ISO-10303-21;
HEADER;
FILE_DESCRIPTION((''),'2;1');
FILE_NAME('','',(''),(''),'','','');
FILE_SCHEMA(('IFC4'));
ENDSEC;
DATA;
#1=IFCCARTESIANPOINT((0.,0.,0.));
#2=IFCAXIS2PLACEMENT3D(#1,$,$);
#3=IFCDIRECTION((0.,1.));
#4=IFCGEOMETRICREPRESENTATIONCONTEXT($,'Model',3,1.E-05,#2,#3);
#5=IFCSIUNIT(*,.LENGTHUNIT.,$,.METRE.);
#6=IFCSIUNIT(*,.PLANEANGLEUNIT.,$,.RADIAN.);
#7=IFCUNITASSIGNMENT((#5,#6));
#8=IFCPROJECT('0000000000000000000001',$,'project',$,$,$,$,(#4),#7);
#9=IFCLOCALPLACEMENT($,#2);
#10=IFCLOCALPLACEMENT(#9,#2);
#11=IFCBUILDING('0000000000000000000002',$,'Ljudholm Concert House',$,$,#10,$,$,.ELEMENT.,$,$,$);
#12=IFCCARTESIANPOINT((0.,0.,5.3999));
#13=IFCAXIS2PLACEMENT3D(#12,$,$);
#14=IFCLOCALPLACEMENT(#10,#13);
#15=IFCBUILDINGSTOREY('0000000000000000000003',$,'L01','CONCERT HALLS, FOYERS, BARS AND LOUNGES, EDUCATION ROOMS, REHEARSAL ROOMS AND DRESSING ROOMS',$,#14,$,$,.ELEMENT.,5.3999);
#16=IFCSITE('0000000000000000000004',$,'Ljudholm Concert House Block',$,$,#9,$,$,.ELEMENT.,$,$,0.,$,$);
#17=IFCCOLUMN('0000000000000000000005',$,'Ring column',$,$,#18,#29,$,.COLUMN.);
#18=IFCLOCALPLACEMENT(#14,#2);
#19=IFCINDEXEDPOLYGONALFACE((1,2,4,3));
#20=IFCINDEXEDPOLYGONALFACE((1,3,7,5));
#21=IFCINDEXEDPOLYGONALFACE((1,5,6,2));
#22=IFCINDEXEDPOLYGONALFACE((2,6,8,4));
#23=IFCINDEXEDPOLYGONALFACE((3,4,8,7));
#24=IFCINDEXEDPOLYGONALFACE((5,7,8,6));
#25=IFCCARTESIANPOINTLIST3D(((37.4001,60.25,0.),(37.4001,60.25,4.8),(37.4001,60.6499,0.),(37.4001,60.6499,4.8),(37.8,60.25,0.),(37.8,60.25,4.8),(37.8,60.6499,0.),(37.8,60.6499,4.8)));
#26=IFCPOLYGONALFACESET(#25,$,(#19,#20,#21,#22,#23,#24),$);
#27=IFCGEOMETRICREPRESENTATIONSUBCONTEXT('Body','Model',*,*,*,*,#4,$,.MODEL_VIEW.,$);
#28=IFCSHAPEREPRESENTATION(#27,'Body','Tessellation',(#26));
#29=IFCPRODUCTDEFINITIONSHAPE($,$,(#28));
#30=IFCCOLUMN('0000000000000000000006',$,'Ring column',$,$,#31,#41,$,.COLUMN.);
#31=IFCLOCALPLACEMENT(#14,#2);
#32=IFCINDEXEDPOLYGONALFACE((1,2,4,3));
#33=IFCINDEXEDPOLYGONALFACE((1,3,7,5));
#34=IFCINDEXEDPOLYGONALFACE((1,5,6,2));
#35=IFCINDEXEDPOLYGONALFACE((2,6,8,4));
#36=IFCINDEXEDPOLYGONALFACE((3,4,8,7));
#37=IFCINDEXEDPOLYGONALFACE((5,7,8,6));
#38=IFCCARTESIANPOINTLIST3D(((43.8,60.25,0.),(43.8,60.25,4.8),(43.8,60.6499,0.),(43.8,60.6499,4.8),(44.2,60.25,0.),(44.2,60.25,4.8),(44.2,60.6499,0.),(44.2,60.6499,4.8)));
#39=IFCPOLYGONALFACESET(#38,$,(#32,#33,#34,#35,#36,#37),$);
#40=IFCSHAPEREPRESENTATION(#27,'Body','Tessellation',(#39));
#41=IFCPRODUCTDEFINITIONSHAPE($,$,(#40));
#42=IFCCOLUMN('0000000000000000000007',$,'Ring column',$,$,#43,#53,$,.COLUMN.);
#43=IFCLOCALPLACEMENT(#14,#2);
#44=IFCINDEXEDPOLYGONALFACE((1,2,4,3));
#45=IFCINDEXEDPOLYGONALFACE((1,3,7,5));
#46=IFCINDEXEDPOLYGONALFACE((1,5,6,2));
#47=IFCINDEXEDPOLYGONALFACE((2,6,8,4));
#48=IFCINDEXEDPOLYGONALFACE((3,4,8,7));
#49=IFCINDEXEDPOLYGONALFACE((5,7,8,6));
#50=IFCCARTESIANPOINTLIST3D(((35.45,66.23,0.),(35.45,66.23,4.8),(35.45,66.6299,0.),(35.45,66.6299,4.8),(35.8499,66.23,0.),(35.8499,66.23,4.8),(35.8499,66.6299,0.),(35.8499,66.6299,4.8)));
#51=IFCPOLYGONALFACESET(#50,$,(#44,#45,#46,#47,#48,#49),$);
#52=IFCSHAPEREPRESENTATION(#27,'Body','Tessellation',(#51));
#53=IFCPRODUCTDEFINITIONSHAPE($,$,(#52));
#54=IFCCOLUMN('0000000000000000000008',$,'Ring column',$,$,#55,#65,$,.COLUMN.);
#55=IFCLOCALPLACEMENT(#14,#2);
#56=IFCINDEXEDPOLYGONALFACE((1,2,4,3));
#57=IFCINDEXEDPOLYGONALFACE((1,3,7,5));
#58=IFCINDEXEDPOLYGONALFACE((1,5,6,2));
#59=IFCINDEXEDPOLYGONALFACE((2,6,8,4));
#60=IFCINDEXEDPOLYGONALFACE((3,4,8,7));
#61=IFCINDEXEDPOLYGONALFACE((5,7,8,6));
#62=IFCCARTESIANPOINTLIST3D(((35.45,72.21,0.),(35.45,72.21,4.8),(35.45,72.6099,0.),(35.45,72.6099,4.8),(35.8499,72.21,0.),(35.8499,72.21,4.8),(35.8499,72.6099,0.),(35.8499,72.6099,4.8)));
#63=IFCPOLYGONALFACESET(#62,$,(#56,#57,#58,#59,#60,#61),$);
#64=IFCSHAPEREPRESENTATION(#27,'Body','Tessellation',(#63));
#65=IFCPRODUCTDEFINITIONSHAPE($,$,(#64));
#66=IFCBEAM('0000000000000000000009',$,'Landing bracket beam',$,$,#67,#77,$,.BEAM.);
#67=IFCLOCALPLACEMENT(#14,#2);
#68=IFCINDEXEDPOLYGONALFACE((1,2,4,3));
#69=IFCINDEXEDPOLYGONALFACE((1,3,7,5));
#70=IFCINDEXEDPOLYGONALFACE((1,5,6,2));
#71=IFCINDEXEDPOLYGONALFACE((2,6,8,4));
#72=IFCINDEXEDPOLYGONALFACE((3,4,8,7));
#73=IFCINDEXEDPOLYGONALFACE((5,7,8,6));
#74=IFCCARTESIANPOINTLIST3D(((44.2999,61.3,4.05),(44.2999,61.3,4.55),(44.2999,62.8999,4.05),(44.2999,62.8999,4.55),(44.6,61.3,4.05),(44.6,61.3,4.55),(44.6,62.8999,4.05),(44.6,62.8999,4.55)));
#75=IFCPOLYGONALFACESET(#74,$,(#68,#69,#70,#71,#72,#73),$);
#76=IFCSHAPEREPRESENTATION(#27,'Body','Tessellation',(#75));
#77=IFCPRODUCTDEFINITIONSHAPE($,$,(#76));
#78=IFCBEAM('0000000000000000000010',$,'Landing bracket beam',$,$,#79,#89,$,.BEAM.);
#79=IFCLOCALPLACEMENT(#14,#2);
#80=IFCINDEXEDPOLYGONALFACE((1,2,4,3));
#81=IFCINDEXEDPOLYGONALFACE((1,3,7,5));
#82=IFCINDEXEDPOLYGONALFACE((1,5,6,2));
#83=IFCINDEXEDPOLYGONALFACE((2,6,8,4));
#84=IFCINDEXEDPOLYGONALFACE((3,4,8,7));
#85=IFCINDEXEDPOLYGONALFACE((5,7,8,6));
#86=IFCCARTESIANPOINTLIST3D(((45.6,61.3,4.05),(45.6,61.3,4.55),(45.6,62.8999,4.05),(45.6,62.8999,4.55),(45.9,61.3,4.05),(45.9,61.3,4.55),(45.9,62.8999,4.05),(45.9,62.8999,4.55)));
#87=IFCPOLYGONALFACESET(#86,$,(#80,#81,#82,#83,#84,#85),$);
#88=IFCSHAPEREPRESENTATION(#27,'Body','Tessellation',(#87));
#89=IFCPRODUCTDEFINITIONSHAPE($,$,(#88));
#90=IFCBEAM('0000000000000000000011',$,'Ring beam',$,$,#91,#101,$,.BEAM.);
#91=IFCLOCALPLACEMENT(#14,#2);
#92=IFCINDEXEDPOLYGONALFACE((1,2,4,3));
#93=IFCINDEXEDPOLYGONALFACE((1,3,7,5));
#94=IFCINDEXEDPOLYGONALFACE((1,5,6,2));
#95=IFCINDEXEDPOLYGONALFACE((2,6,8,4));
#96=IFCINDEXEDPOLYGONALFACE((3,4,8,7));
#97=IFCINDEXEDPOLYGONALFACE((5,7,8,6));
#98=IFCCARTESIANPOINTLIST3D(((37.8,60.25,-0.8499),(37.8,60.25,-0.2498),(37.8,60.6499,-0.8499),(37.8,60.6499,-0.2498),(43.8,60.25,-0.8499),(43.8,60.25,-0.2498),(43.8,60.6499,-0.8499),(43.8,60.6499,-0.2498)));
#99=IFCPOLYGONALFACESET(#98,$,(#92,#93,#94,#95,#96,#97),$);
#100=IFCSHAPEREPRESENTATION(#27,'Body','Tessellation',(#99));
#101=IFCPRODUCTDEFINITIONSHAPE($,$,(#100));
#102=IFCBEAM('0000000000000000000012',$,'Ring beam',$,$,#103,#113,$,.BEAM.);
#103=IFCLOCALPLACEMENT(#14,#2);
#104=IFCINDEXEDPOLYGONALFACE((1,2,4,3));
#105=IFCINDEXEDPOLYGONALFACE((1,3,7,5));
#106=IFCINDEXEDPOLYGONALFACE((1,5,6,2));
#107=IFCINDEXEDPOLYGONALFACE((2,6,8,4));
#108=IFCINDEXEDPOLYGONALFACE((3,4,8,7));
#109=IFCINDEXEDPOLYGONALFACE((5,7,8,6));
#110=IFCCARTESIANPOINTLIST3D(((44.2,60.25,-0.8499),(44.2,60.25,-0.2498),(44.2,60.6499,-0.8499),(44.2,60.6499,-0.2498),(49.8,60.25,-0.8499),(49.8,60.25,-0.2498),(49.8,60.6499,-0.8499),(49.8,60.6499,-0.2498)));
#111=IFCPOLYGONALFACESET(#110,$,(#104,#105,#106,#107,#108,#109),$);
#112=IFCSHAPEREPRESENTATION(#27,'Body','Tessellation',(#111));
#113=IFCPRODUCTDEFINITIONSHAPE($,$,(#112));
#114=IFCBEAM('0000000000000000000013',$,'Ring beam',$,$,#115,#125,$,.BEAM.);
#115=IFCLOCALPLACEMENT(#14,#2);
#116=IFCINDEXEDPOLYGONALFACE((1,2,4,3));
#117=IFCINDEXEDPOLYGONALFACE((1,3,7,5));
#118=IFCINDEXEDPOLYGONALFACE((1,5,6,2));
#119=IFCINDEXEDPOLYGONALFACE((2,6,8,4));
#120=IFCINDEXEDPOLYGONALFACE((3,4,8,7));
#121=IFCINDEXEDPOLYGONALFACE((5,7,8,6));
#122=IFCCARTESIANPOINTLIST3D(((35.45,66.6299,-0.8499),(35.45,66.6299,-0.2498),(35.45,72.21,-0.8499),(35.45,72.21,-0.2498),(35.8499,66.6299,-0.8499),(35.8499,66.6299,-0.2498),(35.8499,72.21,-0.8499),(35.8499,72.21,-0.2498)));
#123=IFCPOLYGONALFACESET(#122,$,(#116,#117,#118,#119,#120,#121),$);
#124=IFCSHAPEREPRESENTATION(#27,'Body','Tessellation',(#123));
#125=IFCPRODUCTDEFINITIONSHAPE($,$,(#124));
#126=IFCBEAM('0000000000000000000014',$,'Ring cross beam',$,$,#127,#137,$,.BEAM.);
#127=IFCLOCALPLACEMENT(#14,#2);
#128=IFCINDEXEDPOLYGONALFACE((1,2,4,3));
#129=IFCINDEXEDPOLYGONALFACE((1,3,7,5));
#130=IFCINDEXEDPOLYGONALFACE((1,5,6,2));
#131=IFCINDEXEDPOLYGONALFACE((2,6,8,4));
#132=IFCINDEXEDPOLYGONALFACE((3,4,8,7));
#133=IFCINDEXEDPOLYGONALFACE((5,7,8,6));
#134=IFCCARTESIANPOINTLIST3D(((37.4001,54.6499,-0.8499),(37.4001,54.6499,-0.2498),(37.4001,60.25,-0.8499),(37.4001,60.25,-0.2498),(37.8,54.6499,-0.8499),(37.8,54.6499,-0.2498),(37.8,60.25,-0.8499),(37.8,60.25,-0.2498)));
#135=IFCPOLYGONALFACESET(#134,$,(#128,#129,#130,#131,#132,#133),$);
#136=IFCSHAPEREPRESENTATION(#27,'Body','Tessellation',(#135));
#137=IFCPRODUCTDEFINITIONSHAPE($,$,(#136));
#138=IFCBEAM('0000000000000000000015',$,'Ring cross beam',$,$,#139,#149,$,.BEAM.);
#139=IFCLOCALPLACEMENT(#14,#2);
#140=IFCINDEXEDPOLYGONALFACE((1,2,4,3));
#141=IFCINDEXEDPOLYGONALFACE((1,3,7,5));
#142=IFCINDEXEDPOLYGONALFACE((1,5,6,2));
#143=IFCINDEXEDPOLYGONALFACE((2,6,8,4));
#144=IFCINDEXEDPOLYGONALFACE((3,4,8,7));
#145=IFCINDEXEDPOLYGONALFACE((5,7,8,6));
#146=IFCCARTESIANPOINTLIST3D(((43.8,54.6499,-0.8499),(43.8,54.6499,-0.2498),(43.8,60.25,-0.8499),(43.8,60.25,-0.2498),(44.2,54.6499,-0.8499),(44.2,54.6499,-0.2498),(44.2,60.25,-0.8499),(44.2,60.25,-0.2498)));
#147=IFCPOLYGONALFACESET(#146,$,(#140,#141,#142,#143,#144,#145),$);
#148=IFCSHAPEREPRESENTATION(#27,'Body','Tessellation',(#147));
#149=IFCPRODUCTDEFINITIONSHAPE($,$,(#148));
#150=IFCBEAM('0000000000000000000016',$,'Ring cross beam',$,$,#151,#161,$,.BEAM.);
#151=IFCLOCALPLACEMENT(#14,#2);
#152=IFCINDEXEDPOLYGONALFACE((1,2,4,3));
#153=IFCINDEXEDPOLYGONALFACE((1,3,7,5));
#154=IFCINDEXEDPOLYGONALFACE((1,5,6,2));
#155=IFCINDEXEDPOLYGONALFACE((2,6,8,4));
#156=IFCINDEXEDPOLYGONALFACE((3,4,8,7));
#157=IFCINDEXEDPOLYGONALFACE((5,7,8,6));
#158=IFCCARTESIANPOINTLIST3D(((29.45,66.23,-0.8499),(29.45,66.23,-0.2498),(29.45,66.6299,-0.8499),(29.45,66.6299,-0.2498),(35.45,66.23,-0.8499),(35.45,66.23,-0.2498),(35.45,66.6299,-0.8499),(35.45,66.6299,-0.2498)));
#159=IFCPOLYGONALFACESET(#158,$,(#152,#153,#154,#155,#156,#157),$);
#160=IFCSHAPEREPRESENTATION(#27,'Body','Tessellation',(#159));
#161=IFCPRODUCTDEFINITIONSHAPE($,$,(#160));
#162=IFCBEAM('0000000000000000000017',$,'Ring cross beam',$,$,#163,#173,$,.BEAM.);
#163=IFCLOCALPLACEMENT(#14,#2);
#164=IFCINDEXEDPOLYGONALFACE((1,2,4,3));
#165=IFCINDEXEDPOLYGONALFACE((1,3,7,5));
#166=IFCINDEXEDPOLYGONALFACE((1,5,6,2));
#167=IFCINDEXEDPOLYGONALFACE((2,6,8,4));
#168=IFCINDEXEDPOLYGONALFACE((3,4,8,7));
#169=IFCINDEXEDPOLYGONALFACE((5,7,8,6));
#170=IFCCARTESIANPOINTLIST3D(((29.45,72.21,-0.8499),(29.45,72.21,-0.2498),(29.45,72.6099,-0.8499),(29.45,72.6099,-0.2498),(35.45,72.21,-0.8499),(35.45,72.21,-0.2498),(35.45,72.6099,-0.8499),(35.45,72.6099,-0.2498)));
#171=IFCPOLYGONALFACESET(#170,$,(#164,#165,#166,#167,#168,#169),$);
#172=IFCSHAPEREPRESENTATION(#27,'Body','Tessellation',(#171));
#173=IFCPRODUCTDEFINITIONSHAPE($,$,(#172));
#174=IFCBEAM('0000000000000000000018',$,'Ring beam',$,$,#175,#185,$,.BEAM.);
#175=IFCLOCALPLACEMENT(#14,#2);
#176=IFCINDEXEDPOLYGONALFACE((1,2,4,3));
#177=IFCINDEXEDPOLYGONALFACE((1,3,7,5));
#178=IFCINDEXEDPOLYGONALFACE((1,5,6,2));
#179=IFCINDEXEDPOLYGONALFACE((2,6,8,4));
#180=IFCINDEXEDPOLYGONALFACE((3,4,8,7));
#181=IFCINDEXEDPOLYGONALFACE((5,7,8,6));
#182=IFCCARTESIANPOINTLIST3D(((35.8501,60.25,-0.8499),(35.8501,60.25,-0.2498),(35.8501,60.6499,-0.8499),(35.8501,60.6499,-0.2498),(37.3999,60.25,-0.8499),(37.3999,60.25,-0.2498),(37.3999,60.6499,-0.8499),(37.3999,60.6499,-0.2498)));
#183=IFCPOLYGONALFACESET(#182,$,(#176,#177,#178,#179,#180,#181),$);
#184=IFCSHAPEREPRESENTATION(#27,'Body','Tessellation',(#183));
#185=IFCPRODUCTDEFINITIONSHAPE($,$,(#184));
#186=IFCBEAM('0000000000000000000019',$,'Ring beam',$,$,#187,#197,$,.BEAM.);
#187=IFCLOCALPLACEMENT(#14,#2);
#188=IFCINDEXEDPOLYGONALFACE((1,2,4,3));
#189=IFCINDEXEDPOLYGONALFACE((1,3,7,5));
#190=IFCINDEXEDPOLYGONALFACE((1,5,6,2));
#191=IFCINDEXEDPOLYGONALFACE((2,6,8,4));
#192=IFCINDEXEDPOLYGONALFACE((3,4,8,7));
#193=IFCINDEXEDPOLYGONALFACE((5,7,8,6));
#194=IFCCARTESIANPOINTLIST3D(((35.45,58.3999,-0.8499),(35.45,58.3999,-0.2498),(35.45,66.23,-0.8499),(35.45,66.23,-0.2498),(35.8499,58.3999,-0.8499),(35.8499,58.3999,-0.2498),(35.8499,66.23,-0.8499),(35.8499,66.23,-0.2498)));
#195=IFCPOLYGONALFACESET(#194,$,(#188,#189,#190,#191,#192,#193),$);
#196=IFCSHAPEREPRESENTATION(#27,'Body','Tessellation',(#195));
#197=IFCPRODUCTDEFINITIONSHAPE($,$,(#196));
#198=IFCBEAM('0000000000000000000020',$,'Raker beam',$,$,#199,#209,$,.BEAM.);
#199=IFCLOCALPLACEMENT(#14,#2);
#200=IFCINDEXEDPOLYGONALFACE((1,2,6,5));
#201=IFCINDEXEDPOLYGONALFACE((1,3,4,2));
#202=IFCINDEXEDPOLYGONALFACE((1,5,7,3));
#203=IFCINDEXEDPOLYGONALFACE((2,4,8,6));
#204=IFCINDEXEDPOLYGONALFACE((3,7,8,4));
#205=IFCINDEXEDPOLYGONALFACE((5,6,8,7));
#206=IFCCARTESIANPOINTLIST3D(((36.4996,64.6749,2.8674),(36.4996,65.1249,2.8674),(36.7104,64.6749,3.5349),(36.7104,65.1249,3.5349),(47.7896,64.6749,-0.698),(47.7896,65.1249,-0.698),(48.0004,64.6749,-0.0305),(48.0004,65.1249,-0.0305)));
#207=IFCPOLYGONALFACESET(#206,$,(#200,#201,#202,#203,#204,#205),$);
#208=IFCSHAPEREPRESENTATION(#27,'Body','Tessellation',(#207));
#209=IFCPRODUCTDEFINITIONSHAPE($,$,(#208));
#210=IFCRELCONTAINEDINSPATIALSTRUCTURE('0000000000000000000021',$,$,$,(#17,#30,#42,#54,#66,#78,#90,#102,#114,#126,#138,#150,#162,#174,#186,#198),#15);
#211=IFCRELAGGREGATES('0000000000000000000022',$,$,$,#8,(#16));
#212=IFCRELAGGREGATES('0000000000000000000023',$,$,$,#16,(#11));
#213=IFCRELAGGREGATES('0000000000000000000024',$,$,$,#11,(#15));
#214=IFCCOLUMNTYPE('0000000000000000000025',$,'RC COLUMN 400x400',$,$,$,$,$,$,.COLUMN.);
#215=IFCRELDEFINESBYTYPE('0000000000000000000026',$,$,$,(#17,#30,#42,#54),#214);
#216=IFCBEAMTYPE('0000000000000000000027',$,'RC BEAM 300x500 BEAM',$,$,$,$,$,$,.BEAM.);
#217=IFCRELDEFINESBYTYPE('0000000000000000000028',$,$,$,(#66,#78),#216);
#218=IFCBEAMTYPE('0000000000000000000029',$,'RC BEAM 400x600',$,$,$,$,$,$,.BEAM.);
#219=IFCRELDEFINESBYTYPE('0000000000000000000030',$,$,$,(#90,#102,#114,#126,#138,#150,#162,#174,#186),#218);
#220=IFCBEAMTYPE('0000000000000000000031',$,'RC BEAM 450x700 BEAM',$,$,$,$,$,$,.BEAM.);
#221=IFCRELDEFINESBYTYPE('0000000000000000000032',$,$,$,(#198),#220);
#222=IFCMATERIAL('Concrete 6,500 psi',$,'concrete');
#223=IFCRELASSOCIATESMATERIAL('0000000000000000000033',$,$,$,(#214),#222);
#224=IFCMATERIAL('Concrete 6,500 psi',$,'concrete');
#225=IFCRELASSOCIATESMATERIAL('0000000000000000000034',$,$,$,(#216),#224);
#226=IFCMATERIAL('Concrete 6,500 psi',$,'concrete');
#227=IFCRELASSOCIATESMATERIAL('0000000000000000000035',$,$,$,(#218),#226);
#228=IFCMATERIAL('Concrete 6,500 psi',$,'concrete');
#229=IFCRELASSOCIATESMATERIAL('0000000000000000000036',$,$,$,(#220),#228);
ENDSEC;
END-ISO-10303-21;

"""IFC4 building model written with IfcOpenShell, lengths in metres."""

from ifc_helpers import new_model, si_unit, direction, frame, origin, origin_2d, place, context, subcontext, project, spatial, rectangle, extrude, material, material_profile, profile_set, type_object, element, save


model = new_model("IFC4")

# Units and contexts
model_context = context("Model", 3, precision=1e-05, world=origin(), true_north=direction((0.0, 1.0)))
body_context = subcontext(model_context, "Body", "Model", "MODEL_VIEW")
ifc_project = project(units=[si_unit("LENGTHUNIT", "METRE"), si_unit("PLANEANGLEUNIT", "RADIAN")], contexts=[model_context])

# Site, building, storey
site_placement = place(None, origin())
site = spatial("IfcSite", under=ifc_project, at=site_placement, Name="Ljudholm Concert House Block", CompositionType="ELEMENT", RefElevation=0.0)
building_placement = place(site_placement, origin())
building = spatial("IfcBuilding", under=site, at=building_placement, Name="Ljudholm Concert House", CompositionType="ELEMENT")
storey_placement = place(building_placement, frame((0.0, 0.0, 5.3999)))
storey = spatial("IfcBuildingStorey", under=building, at=storey_placement, Name="L01", Description="CONCERT HALLS, FOYERS, BARS AND LOUNGES, EDUCATION ROOMS, REHEARSAL ROOMS AND DRESSING ROOMS", CompositionType="ELEMENT", Elevation=5.3999)

# Columns
ifc_material_1 = material(Name="Concrete 6,500 psi", Category="concrete")
ifc_material_profile_1 = material_profile(ifc_material_1, rectangle(XDim=0.3999, YDim=0.3999, at=origin_2d()), Name="RC COLUMN 400x400")
ifc_profile_set_1 = profile_set([ifc_material_profile_1], Name="Concrete 6,500 psi")
column_type = type_object("IfcColumnType", Name="RC COLUMN 400x400", PredefinedType="COLUMN", material=ifc_profile_set_1)
for number, where, z_axis, x_axis, name in (
    (1, (37.6001, 60.45, 0.0), (0.0, 0.0, 1.0), (1.0, 0.0, 0.0), "Ring column"),
    (2, (44.0, 60.45, 0.0), (0.0, 0.0, 1.0), (1.0, 0.0, 0.0), "Ring column"),
    (3, (35.6499, 66.4299, 0.0), (0.0, 0.0, 1.0), (1.0, 0.0, 0.0), "Ring column"),
    (4, (35.6499, 72.4099, 0.0), (0.0, 0.0, 1.0), (1.0, 0.0, 0.0), "Ring column"),
):
    element("IfcColumn", number, at=place(storey_placement, frame(where, z_axis=z_axis, x_axis=x_axis)), inside=storey, type_object=column_type, Name=name, PredefinedType="COLUMN", context=body_context, shape_type="SweptSolid", body=[
        extrude(rectangle(XDim=0.3999, YDim=0.3999, at=origin_2d()), origin(), (0.0, 0.0, 1.0), 4.8),
    ])

# Beams
ifc_material_2 = material(Name="Concrete 6,500 psi", Category="concrete")
ifc_material_profile_2 = material_profile(ifc_material_2, rectangle(XDim=0.3, YDim=0.5, at=origin_2d()), Name="RC BEAM 300x500 BEAM")
ifc_profile_set_2 = profile_set([ifc_material_profile_2], Name="Concrete 6,500 psi")
beam_type_1 = type_object("IfcBeamType", Name="RC BEAM 300x500 BEAM", PredefinedType="BEAM", material=ifc_profile_set_2)
for number, where, z_axis, x_axis, name in (
    (5, (44.45, 61.3, 4.3), (0.0, 1.0, 0.0), (-1.0, 0.0, 0.0), "Landing bracket beam"),
    (6, (45.75, 61.3, 4.3), (0.0, 1.0, 0.0), (-1.0, 0.0, 0.0), "Landing bracket beam"),
):
    element("IfcBeam", number, at=place(storey_placement, frame(where, z_axis=z_axis, x_axis=x_axis)), inside=storey, type_object=beam_type_1, Name=name, PredefinedType="BEAM", context=body_context, shape_type="SweptSolid", body=[
        extrude(rectangle(XDim=0.3, YDim=0.5, at=origin_2d()), origin(), (0.0, 0.0, 1.0), 1.5999),
    ])
ifc_material_3 = material(Name="Concrete 6,500 psi", Category="concrete")
ifc_material_profile_3 = material_profile(ifc_material_3, rectangle(XDim=0.3999, YDim=0.6001, at=origin_2d()), Name="RC BEAM 400x600")
ifc_profile_set_3 = profile_set([ifc_material_profile_3], Name="Concrete 6,500 psi")
beam_type_2 = type_object("IfcBeamType", Name="RC BEAM 400x600", PredefinedType="BEAM", material=ifc_profile_set_3)
beam_1_placement = place(storey_placement, frame((37.8, 60.45, -0.5498), z_axis=(1.0, 0.0, 0.0), x_axis=(0.0, 1.0, 0.0)))
element("IfcBeam", 7, at=beam_1_placement, inside=storey, type_object=beam_type_2, Name="Ring beam", PredefinedType="BEAM", context=body_context, shape_type="SweptSolid", body=[
    extrude(rectangle(XDim=0.3999, YDim=0.6001, at=origin_2d()), origin(), (0.0, 0.0, 1.0), 6.0),
])
beam_2_placement = place(storey_placement, frame((44.2, 60.45, -0.5498), z_axis=(1.0, 0.0, 0.0), x_axis=(0.0, 1.0, 0.0)))
element("IfcBeam", 8, at=beam_2_placement, inside=storey, type_object=beam_type_2, Name="Ring beam", PredefinedType="BEAM", context=body_context, shape_type="SweptSolid", body=[
    extrude(rectangle(XDim=0.3999, YDim=0.6001, at=origin_2d()), origin(), (0.0, 0.0, 1.0), 5.6001),
])
beam_3_placement = place(storey_placement, frame((35.6499, 66.6299, -0.5498), z_axis=(0.0, 1.0, 0.0), x_axis=(-1.0, 0.0, 0.0)))
element("IfcBeam", 9, at=beam_3_placement, inside=storey, type_object=beam_type_2, Name="Ring beam", PredefinedType="BEAM", context=body_context, shape_type="SweptSolid", body=[
    extrude(rectangle(XDim=0.3999, YDim=0.6001, at=origin_2d()), origin(), (0.0, 0.0, 1.0), 5.5801),
])
for number, where, z_axis, x_axis, name in (
    (10, (37.6001, 60.25, -0.5498), (0.0, -1.0, 0.0), (1.0, 0.0, 0.0), "Ring cross beam"),
    (11, (44.0, 60.25, -0.5498), (0.0, -1.0, 0.0), (1.0, 0.0, 0.0), "Ring cross beam"),
):
    element("IfcBeam", number, at=place(storey_placement, frame(where, z_axis=z_axis, x_axis=x_axis)), inside=storey, type_object=beam_type_2, Name=name, PredefinedType="BEAM", context=body_context, shape_type="SweptSolid", body=[
        extrude(rectangle(XDim=0.3999, YDim=0.6001, at=origin_2d()), origin(), (0.0, 0.0, 1.0), 5.6001),
    ])
for number, where, z_axis, x_axis, name in (
    (12, (35.45, 66.4299, -0.5498), (-1.0, 0.0, 0.0), (0.0, -1.0, 0.0), "Ring cross beam"),
    (13, (35.45, 72.4099, -0.5498), (-1.0, 0.0, 0.0), (0.0, -1.0, 0.0), "Ring cross beam"),
):
    element("IfcBeam", number, at=place(storey_placement, frame(where, z_axis=z_axis, x_axis=x_axis)), inside=storey, type_object=beam_type_2, Name=name, PredefinedType="BEAM", context=body_context, shape_type="SweptSolid", body=[
        extrude(rectangle(XDim=0.3999, YDim=0.6001, at=origin_2d()), origin(), (0.0, 0.0, 1.0), 6.0),
    ])
beam_4_placement = place(storey_placement, frame((35.8501, 60.45, -0.5498), z_axis=(1.0, 0.0, 0.0), x_axis=(0.0, 1.0, 0.0)))
element("IfcBeam", 14, at=beam_4_placement, inside=storey, type_object=beam_type_2, Name="Ring beam", PredefinedType="BEAM", context=body_context, shape_type="SweptSolid", body=[
    extrude(rectangle(XDim=0.3999, YDim=0.6001, at=origin_2d()), origin(), (0.0, 0.0, 1.0), 1.5498),
])
beam_5_placement = place(storey_placement, frame((35.6499, 58.3999, -0.5498), z_axis=(0.0, 1.0, 0.0), x_axis=(-1.0, 0.0, 0.0)))
element("IfcBeam", 15, at=beam_5_placement, inside=storey, type_object=beam_type_2, Name="Ring beam", PredefinedType="BEAM", context=body_context, shape_type="SweptSolid", body=[
    extrude(rectangle(XDim=0.3999, YDim=0.6001, at=origin_2d()), origin(), (0.0, 0.0, 1.0), 7.8301),
])
ifc_material_4 = material(Name="Concrete 6,500 psi", Category="concrete")
ifc_material_profile_4 = material_profile(ifc_material_4, rectangle(XDim=0.45, YDim=0.7, at=origin_2d()), Name="RC BEAM 450x700 BEAM")
ifc_profile_set_4 = profile_set([ifc_material_profile_4], Name="Concrete 6,500 psi")
beam_type_3 = type_object("IfcBeamType", Name="RC BEAM 450x700 BEAM", PredefinedType="BEAM", material=ifc_profile_set_4)
for number, where, z_axis, x_axis, name in (
    (16, (36.605, 64.8999, 3.2012), (0.953579, 0.0, -0.301143), (0.0, 1.0, 0.0), "Raker beam"),
):
    element("IfcBeam", number, at=place(storey_placement, frame(where, z_axis=z_axis, x_axis=x_axis)), inside=storey, type_object=beam_type_3, Name=name, PredefinedType="BEAM", context=body_context, shape_type="SweptSolid", body=[
        extrude(rectangle(XDim=0.45, YDim=0.7, at=origin_2d()), origin(), (0.0, 0.0, 1.0), 11.8396),
    ])

save(model, "model.ifc")
